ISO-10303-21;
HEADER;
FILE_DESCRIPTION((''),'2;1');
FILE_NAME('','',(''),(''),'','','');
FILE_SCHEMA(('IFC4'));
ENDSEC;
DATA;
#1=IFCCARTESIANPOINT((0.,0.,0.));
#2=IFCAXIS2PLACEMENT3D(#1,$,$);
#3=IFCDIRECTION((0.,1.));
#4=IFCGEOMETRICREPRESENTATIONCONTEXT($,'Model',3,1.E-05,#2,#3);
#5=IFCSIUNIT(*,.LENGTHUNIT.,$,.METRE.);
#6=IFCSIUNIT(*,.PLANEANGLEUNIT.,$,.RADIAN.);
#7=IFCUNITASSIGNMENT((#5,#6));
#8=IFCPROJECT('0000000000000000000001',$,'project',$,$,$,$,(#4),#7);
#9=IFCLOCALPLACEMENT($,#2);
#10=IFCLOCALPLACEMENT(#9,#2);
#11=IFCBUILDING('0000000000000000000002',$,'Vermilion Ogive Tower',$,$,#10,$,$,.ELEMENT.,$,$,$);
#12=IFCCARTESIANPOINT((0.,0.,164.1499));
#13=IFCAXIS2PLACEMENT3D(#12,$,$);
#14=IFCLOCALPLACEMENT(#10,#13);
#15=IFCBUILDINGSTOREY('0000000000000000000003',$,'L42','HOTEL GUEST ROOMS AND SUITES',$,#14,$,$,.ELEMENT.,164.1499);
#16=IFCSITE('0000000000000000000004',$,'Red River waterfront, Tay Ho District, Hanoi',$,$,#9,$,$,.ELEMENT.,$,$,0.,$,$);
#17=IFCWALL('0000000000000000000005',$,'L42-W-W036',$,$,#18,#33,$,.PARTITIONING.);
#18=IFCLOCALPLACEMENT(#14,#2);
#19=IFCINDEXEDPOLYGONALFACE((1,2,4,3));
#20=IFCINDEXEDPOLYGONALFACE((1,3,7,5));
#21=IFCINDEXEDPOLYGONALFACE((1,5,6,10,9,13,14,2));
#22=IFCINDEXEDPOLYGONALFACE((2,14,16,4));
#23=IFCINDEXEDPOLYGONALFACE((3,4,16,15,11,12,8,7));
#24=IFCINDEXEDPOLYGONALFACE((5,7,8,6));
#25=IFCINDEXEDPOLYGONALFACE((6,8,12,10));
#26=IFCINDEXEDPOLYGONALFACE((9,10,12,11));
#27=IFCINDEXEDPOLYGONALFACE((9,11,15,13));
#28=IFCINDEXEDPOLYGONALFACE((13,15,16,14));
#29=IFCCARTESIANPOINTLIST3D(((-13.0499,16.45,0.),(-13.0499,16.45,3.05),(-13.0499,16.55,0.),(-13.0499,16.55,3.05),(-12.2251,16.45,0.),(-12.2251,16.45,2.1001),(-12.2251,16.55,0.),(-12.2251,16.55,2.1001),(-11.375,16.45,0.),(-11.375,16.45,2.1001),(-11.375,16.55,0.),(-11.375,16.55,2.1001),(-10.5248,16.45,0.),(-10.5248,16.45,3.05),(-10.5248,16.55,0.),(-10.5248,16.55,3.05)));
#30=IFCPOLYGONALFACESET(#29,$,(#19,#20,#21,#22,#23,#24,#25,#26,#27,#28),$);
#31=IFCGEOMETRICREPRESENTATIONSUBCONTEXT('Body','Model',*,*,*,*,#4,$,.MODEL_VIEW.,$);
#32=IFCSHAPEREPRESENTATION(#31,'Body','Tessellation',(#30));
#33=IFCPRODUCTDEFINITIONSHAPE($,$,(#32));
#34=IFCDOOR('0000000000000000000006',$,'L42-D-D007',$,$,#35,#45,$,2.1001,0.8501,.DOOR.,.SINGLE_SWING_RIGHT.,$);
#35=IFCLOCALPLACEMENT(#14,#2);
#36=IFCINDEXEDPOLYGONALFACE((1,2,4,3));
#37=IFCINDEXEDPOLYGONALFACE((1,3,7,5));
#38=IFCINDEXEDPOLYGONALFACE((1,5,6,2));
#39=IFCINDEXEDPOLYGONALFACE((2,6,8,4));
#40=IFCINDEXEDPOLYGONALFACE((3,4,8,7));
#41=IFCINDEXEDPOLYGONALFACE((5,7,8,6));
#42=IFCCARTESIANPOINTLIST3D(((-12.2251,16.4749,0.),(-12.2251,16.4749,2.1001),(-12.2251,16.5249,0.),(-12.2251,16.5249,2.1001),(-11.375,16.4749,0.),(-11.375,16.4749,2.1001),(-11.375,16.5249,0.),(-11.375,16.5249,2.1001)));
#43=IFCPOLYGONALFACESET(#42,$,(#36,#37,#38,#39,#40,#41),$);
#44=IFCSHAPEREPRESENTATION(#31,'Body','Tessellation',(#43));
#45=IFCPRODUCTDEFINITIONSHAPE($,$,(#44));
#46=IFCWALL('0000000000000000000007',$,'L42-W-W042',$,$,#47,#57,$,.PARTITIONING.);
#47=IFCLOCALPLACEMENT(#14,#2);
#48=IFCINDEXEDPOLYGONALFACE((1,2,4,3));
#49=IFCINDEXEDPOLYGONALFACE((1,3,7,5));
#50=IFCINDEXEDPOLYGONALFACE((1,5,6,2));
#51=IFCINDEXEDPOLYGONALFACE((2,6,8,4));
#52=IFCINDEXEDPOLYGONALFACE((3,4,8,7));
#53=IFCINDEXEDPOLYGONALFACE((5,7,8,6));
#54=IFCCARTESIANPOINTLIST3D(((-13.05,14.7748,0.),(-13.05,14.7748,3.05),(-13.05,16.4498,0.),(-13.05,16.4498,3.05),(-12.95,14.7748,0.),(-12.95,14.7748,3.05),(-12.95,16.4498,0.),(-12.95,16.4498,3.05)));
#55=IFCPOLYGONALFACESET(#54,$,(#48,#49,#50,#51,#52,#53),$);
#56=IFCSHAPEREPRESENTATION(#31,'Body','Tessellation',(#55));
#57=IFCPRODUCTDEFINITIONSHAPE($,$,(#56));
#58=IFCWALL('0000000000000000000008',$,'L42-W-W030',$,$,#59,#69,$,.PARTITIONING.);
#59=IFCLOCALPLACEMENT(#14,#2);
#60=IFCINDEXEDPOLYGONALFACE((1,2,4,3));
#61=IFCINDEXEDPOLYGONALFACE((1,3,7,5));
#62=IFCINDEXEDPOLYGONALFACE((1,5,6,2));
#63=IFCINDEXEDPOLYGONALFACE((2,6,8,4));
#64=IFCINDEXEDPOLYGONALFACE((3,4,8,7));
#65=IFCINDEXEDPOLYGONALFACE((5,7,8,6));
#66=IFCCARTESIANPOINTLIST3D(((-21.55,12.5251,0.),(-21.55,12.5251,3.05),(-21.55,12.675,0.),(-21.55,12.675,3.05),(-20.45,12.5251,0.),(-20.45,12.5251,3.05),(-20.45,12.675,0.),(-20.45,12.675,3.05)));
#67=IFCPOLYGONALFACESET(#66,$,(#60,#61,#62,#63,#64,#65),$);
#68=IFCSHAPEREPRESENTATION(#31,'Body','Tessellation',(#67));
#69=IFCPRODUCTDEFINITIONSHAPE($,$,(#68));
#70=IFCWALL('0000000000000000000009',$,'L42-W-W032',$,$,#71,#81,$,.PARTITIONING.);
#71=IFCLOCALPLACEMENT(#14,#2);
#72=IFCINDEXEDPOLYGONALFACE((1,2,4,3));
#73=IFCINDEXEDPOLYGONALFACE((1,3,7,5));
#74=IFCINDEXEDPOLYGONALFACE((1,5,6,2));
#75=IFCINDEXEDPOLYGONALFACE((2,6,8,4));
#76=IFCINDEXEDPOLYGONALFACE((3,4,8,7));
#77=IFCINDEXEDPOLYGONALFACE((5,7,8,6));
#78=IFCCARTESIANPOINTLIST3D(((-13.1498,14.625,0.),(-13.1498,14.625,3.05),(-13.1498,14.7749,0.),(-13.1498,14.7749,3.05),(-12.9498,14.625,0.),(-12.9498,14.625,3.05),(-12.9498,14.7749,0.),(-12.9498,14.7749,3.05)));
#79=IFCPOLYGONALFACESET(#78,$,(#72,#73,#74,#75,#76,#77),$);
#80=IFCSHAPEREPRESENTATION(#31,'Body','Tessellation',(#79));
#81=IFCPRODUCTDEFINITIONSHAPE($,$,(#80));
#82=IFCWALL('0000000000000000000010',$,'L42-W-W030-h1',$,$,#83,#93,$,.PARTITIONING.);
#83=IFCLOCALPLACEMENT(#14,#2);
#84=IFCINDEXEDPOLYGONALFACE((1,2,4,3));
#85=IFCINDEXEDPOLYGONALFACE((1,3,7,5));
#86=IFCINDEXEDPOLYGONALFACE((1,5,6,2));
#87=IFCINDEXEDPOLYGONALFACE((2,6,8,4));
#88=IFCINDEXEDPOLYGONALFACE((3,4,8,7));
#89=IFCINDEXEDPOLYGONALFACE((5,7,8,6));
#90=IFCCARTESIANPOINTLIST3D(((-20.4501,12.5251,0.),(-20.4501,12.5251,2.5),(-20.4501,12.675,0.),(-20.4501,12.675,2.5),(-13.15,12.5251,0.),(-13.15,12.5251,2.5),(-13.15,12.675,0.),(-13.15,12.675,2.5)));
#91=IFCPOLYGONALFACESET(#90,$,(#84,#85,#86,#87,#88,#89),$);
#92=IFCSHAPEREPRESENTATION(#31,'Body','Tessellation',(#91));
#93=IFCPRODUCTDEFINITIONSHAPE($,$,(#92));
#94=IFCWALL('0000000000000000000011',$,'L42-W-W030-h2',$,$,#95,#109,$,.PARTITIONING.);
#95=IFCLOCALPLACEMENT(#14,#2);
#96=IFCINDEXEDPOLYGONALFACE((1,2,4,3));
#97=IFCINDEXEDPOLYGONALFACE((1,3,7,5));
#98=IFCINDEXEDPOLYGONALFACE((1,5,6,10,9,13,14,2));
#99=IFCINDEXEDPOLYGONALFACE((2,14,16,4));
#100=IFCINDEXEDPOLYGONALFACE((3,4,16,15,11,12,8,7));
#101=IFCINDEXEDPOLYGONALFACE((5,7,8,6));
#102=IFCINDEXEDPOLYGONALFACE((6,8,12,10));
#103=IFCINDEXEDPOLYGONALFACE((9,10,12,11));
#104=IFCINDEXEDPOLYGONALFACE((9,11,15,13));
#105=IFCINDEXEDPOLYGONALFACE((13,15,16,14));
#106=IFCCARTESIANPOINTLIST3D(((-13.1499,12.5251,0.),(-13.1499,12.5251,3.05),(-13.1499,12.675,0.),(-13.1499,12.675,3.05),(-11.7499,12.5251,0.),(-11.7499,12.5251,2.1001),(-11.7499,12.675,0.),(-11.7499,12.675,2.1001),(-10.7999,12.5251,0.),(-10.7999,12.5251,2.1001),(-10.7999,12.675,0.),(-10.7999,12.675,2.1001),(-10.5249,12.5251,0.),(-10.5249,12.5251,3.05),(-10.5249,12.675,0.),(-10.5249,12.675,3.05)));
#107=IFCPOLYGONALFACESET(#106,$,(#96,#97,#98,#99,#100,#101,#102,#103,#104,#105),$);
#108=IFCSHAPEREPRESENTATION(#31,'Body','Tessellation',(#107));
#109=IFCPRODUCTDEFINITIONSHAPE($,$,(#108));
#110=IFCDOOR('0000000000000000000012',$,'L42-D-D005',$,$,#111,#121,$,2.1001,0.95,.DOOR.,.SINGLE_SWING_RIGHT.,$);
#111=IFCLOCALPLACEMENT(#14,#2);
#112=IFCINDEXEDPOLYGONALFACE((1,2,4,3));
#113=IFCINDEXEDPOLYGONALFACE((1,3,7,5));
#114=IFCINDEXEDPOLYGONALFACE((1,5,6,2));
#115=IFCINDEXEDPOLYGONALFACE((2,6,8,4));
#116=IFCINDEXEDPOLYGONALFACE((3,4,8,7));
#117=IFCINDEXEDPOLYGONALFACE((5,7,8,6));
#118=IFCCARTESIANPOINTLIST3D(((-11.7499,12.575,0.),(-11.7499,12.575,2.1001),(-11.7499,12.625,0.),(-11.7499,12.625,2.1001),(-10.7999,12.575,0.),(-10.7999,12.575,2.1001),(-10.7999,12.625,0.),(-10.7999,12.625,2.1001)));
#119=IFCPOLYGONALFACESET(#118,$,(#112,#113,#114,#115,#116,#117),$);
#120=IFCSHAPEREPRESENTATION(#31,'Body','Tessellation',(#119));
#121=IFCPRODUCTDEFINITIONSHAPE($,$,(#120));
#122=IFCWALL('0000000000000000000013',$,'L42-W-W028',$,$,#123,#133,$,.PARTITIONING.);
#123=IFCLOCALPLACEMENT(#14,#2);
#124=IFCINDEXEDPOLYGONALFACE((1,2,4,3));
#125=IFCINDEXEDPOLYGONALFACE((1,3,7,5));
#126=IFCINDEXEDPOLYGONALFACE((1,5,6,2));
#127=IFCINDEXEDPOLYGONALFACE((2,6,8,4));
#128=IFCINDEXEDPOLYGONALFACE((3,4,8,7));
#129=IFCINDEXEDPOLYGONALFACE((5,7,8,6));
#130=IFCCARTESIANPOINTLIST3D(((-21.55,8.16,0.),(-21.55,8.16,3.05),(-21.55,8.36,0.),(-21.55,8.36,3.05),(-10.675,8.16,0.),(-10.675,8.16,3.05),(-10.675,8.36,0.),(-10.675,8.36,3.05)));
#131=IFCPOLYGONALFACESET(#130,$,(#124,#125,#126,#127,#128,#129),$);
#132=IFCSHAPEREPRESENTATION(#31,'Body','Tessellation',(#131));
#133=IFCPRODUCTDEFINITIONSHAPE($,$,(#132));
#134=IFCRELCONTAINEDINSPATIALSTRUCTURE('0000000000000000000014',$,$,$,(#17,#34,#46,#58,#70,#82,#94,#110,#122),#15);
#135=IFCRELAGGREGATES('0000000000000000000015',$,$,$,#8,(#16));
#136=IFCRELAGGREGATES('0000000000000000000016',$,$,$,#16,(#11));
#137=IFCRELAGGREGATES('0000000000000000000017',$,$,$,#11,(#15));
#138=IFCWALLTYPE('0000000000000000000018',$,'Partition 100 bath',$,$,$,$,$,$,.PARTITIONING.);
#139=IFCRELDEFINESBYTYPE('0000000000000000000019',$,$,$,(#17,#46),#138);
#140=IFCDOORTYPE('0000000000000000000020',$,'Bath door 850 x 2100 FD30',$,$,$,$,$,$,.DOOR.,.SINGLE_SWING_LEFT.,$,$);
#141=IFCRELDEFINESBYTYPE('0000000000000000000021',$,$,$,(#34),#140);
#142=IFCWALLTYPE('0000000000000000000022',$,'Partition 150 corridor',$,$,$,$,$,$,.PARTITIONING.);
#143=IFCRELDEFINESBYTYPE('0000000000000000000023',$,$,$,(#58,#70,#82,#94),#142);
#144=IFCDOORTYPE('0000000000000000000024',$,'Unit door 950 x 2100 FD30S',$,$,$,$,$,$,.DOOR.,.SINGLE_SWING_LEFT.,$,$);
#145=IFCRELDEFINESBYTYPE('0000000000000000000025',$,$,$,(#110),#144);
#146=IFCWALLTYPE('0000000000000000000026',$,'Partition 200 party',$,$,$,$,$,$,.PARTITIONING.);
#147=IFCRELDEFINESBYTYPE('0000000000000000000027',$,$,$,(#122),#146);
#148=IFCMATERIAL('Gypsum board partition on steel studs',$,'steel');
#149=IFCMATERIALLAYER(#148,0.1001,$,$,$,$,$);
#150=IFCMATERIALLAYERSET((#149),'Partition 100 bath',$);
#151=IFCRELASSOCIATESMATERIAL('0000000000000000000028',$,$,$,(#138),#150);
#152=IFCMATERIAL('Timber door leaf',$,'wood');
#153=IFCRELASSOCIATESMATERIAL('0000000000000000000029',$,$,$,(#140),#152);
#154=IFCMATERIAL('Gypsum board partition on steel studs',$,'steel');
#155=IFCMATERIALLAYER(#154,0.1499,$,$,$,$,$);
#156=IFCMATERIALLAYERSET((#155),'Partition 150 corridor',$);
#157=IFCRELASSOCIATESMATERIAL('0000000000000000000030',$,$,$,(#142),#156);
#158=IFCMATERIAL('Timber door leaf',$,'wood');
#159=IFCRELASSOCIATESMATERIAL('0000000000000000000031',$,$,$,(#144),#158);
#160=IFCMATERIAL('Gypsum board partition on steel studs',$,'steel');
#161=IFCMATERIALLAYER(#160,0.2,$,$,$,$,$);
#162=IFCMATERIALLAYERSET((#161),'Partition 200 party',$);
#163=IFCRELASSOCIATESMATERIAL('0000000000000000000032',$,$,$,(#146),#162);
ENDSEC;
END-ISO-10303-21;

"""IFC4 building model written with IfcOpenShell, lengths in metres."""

from ifc_helpers import new_model, si_unit, direction, frame, frame_2d, origin, place, context, subcontext, project, spatial, rectangle, extrude, material, layer, layer_set, type_object, element, fill, save


model = new_model("IFC4")

# Units and contexts
model_context = context("Model", 3, precision=1e-05, world=origin(), true_north=direction((0.0, 1.0)))
body_context = subcontext(model_context, "Body", "Model", "MODEL_VIEW")
ifc_project = project(units=[si_unit("LENGTHUNIT", "METRE"), si_unit("PLANEANGLEUNIT", "RADIAN")], contexts=[model_context])

# Site, building, storey
site_placement = place(None, origin())
site = spatial("IfcSite", under=ifc_project, at=site_placement, Name="Red River waterfront, Tay Ho District, Hanoi", CompositionType="ELEMENT", RefElevation=0.0)
building_placement = place(site_placement, origin())
building = spatial("IfcBuilding", under=site, at=building_placement, Name="Vermilion Ogive Tower", CompositionType="ELEMENT")
storey_placement = place(building_placement, frame((0.0, 0.0, 164.1499)))
storey = spatial("IfcBuildingStorey", under=building, at=storey_placement, Name="L42", Description="HOTEL GUEST ROOMS AND SUITES", CompositionType="ELEMENT", Elevation=164.1499)

# Shared definitions
ifc_material_1 = material(Name="Gypsum board partition on steel studs", Category="steel")
ifc_layer_1 = layer(ifc_material_1, 0.1001)
ifc_layer_set_1 = layer_set([ifc_layer_1], Name="Partition 100 bath")
wall_type_1 = type_object("IfcWallType", Name="Partition 100 bath", PredefinedType="PARTITIONING", material=ifc_layer_set_1)

# Wall, opening, door
wall_1_placement = place(storey_placement, frame((-13.05, 16.5, 0.0), z_axis=(0.0, 0.0, 1.0), x_axis=(1.0, 0.0, 0.0)))
wall_1 = element("IfcWall", 1, at=wall_1_placement, inside=storey, type_object=wall_type_1, Name="L42-W-W036", PredefinedType="PARTITIONING", context=body_context, shape_type="SweptSolid", body=[
    extrude(rectangle(XDim=2.5251, YDim=0.1001, at=frame_2d((1.2627, 0.0))), origin(), (0.0, 0.0, 1.0), 3.05),
])
opening_1_placement = place(wall_1_placement, frame((0.825, 0.0, 0.0)))
opening_1 = element("IfcOpeningElement", 2, at=opening_1_placement, cuts=wall_1, PredefinedType="OPENING", context=body_context, shape_type="SweptSolid", body=[
    extrude(rectangle(XDim=0.8501, YDim=2.1001, at=frame_2d((0.425, 1.05))), frame((0.0, 0.0601, 0.0), z_axis=(0.0, -1.0, 0.0), x_axis=(1.0, 0.0, 0.0)), (0.0, 0.0, 1.0), 0.1201),
])
ifc_material_2 = material(Name="Timber door leaf", Category="wood")
door_type_1 = type_object("IfcDoorType", Name="Bath door 850 x 2100 FD30", OperationType="SINGLE_SWING_LEFT", PredefinedType="DOOR", material=ifc_material_2)
door_1_placement = place(opening_1_placement, origin())
door_1 = element("IfcDoor", 3, at=door_1_placement, inside=storey, type_object=door_type_1, Name="L42-D-D007", OperationType="SINGLE_SWING_RIGHT", OverallHeight=2.1001, OverallWidth=0.8501, PredefinedType="DOOR", context=body_context, shape_type="SweptSolid", body=[
    extrude(rectangle(XDim=0.8501, YDim=2.1001, at=frame_2d((0.425, 1.05))), frame((0.0, 0.0249, 0.0), z_axis=(0.0, -1.0, 0.0), x_axis=(1.0, 0.0, 0.0)), (0.0, 0.0, 1.0), 0.05),
])
fill(opening_1, door_1)

# Walls
wall_2_placement = place(storey_placement, frame((-13.0, 14.7749, 0.0), z_axis=(0.0, 0.0, 1.0), x_axis=(0.0, 1.0, 0.0)))
element("IfcWall", 4, at=wall_2_placement, inside=storey, type_object=wall_type_1, Name="L42-W-W042", PredefinedType="PARTITIONING", context=body_context, shape_type="SweptSolid", body=[
    extrude(rectangle(XDim=1.675, YDim=0.1001, at=frame_2d((0.8374, 0.0))), origin(), (0.0, 0.0, 1.0), 3.05),
])
ifc_material_3 = material(Name="Gypsum board partition on steel studs", Category="steel")
ifc_layer_2 = layer(ifc_material_3, 0.1499)
ifc_layer_set_2 = layer_set([ifc_layer_2], Name="Partition 150 corridor")
wall_type_2 = type_object("IfcWallType", Name="Partition 150 corridor", PredefinedType="PARTITIONING", material=ifc_layer_set_2)
wall_3_placement = place(storey_placement, frame((-21.55, 12.6001, 0.0), z_axis=(0.0, 0.0, 1.0), x_axis=(1.0, 0.0, 0.0)))
element("IfcWall", 5, at=wall_3_placement, inside=storey, type_object=wall_type_2, Name="L42-W-W030", PredefinedType="PARTITIONING", context=body_context, shape_type="SweptSolid", body=[
    extrude(rectangle(XDim=1.1001, YDim=0.1499, at=frame_2d((0.55, 0.0))), origin(), (0.0, 0.0, 1.0), 3.05),
])
wall_4_placement = place(storey_placement, frame((-13.1499, 14.7, 0.0), z_axis=(0.0, 0.0, 1.0), x_axis=(1.0, 0.0, 0.0)))
element("IfcWall", 6, at=wall_4_placement, inside=storey, type_object=wall_type_2, Name="L42-W-W032", PredefinedType="PARTITIONING", context=body_context, shape_type="SweptSolid", body=[
    extrude(rectangle(XDim=0.2, YDim=0.1499, at=frame_2d((0.1001, 0.0))), origin(), (0.0, 0.0, 1.0), 3.05),
])
wall_5_placement = place(storey_placement, frame((-20.45, 12.6001, 0.0), z_axis=(0.0, 0.0, 1.0), x_axis=(1.0, 0.0, 0.0)))
element("IfcWall", 7, at=wall_5_placement, inside=storey, type_object=wall_type_2, Name="L42-W-W030-h1", PredefinedType="PARTITIONING", context=body_context, shape_type="SweptSolid", body=[
    extrude(rectangle(XDim=7.3, YDim=0.1499, at=frame_2d((3.6499, 0.0))), origin(), (0.0, 0.0, 1.0), 2.5),
])

# Wall, opening, door
wall_6_placement = place(storey_placement, frame((-13.1499, 12.6001, 0.0), z_axis=(0.0, 0.0, 1.0), x_axis=(1.0, 0.0, 0.0)))
wall_6 = element("IfcWall", 8, at=wall_6_placement, inside=storey, type_object=wall_type_2, Name="L42-W-W030-h2", PredefinedType="PARTITIONING", context=body_context, shape_type="SweptSolid", body=[
    extrude(rectangle(XDim=2.625, YDim=0.1499, at=frame_2d((1.3125, 0.0))), origin(), (0.0, 0.0, 1.0), 3.05),
])
opening_2_placement = place(wall_6_placement, frame((1.3999, 0.0, 0.0)))
opening_2 = element("IfcOpeningElement", 9, at=opening_2_placement, cuts=wall_6, PredefinedType="OPENING", context=body_context, shape_type="SweptSolid", body=[
    extrude(rectangle(XDim=0.95, YDim=2.1001, at=frame_2d((0.4751, 1.05))), frame((0.0, 0.085, 0.0), z_axis=(0.0, -1.0, 0.0), x_axis=(1.0, 0.0, 0.0)), (0.0, 0.0, 1.0), 0.1699),
])
ifc_material_4 = material(Name="Timber door leaf", Category="wood")
door_type_2 = type_object("IfcDoorType", Name="Unit door 950 x 2100 FD30S", OperationType="SINGLE_SWING_LEFT", PredefinedType="DOOR", material=ifc_material_4)
door_2_placement = place(opening_2_placement, origin())
door_2 = element("IfcDoor", 10, at=door_2_placement, inside=storey, type_object=door_type_2, Name="L42-D-D005", OperationType="SINGLE_SWING_RIGHT", OverallHeight=2.1001, OverallWidth=0.95, PredefinedType="DOOR", context=body_context, shape_type="SweptSolid", body=[
    extrude(rectangle(XDim=0.95, YDim=2.1001, at=frame_2d((0.4751, 1.05))), frame((0.0, 0.0249, 0.0), z_axis=(0.0, -1.0, 0.0), x_axis=(1.0, 0.0, 0.0)), (0.0, 0.0, 1.0), 0.05),
])
fill(opening_2, door_2)

# Wall
ifc_material_5 = material(Name="Gypsum board partition on steel studs", Category="steel")
ifc_layer_3 = layer(ifc_material_5, 0.2)
ifc_layer_set_3 = layer_set([ifc_layer_3], Name="Partition 200 party")
wall_type_3 = type_object("IfcWallType", Name="Partition 200 party", PredefinedType="PARTITIONING", material=ifc_layer_set_3)
wall_7_placement = place(storey_placement, frame((-21.55, 8.26, 0.0), z_axis=(0.0, 0.0, 1.0), x_axis=(1.0, 0.0, 0.0)))
element("IfcWall", 11, at=wall_7_placement, inside=storey, type_object=wall_type_3, Name="L42-W-W028", PredefinedType="PARTITIONING", context=body_context, shape_type="SweptSolid", body=[
    extrude(rectangle(XDim=10.875, YDim=0.2, at=frame_2d((5.4375, 0.0))), origin(), (0.0, 0.0, 1.0), 3.05),
])

save(model, "model.ifc")
